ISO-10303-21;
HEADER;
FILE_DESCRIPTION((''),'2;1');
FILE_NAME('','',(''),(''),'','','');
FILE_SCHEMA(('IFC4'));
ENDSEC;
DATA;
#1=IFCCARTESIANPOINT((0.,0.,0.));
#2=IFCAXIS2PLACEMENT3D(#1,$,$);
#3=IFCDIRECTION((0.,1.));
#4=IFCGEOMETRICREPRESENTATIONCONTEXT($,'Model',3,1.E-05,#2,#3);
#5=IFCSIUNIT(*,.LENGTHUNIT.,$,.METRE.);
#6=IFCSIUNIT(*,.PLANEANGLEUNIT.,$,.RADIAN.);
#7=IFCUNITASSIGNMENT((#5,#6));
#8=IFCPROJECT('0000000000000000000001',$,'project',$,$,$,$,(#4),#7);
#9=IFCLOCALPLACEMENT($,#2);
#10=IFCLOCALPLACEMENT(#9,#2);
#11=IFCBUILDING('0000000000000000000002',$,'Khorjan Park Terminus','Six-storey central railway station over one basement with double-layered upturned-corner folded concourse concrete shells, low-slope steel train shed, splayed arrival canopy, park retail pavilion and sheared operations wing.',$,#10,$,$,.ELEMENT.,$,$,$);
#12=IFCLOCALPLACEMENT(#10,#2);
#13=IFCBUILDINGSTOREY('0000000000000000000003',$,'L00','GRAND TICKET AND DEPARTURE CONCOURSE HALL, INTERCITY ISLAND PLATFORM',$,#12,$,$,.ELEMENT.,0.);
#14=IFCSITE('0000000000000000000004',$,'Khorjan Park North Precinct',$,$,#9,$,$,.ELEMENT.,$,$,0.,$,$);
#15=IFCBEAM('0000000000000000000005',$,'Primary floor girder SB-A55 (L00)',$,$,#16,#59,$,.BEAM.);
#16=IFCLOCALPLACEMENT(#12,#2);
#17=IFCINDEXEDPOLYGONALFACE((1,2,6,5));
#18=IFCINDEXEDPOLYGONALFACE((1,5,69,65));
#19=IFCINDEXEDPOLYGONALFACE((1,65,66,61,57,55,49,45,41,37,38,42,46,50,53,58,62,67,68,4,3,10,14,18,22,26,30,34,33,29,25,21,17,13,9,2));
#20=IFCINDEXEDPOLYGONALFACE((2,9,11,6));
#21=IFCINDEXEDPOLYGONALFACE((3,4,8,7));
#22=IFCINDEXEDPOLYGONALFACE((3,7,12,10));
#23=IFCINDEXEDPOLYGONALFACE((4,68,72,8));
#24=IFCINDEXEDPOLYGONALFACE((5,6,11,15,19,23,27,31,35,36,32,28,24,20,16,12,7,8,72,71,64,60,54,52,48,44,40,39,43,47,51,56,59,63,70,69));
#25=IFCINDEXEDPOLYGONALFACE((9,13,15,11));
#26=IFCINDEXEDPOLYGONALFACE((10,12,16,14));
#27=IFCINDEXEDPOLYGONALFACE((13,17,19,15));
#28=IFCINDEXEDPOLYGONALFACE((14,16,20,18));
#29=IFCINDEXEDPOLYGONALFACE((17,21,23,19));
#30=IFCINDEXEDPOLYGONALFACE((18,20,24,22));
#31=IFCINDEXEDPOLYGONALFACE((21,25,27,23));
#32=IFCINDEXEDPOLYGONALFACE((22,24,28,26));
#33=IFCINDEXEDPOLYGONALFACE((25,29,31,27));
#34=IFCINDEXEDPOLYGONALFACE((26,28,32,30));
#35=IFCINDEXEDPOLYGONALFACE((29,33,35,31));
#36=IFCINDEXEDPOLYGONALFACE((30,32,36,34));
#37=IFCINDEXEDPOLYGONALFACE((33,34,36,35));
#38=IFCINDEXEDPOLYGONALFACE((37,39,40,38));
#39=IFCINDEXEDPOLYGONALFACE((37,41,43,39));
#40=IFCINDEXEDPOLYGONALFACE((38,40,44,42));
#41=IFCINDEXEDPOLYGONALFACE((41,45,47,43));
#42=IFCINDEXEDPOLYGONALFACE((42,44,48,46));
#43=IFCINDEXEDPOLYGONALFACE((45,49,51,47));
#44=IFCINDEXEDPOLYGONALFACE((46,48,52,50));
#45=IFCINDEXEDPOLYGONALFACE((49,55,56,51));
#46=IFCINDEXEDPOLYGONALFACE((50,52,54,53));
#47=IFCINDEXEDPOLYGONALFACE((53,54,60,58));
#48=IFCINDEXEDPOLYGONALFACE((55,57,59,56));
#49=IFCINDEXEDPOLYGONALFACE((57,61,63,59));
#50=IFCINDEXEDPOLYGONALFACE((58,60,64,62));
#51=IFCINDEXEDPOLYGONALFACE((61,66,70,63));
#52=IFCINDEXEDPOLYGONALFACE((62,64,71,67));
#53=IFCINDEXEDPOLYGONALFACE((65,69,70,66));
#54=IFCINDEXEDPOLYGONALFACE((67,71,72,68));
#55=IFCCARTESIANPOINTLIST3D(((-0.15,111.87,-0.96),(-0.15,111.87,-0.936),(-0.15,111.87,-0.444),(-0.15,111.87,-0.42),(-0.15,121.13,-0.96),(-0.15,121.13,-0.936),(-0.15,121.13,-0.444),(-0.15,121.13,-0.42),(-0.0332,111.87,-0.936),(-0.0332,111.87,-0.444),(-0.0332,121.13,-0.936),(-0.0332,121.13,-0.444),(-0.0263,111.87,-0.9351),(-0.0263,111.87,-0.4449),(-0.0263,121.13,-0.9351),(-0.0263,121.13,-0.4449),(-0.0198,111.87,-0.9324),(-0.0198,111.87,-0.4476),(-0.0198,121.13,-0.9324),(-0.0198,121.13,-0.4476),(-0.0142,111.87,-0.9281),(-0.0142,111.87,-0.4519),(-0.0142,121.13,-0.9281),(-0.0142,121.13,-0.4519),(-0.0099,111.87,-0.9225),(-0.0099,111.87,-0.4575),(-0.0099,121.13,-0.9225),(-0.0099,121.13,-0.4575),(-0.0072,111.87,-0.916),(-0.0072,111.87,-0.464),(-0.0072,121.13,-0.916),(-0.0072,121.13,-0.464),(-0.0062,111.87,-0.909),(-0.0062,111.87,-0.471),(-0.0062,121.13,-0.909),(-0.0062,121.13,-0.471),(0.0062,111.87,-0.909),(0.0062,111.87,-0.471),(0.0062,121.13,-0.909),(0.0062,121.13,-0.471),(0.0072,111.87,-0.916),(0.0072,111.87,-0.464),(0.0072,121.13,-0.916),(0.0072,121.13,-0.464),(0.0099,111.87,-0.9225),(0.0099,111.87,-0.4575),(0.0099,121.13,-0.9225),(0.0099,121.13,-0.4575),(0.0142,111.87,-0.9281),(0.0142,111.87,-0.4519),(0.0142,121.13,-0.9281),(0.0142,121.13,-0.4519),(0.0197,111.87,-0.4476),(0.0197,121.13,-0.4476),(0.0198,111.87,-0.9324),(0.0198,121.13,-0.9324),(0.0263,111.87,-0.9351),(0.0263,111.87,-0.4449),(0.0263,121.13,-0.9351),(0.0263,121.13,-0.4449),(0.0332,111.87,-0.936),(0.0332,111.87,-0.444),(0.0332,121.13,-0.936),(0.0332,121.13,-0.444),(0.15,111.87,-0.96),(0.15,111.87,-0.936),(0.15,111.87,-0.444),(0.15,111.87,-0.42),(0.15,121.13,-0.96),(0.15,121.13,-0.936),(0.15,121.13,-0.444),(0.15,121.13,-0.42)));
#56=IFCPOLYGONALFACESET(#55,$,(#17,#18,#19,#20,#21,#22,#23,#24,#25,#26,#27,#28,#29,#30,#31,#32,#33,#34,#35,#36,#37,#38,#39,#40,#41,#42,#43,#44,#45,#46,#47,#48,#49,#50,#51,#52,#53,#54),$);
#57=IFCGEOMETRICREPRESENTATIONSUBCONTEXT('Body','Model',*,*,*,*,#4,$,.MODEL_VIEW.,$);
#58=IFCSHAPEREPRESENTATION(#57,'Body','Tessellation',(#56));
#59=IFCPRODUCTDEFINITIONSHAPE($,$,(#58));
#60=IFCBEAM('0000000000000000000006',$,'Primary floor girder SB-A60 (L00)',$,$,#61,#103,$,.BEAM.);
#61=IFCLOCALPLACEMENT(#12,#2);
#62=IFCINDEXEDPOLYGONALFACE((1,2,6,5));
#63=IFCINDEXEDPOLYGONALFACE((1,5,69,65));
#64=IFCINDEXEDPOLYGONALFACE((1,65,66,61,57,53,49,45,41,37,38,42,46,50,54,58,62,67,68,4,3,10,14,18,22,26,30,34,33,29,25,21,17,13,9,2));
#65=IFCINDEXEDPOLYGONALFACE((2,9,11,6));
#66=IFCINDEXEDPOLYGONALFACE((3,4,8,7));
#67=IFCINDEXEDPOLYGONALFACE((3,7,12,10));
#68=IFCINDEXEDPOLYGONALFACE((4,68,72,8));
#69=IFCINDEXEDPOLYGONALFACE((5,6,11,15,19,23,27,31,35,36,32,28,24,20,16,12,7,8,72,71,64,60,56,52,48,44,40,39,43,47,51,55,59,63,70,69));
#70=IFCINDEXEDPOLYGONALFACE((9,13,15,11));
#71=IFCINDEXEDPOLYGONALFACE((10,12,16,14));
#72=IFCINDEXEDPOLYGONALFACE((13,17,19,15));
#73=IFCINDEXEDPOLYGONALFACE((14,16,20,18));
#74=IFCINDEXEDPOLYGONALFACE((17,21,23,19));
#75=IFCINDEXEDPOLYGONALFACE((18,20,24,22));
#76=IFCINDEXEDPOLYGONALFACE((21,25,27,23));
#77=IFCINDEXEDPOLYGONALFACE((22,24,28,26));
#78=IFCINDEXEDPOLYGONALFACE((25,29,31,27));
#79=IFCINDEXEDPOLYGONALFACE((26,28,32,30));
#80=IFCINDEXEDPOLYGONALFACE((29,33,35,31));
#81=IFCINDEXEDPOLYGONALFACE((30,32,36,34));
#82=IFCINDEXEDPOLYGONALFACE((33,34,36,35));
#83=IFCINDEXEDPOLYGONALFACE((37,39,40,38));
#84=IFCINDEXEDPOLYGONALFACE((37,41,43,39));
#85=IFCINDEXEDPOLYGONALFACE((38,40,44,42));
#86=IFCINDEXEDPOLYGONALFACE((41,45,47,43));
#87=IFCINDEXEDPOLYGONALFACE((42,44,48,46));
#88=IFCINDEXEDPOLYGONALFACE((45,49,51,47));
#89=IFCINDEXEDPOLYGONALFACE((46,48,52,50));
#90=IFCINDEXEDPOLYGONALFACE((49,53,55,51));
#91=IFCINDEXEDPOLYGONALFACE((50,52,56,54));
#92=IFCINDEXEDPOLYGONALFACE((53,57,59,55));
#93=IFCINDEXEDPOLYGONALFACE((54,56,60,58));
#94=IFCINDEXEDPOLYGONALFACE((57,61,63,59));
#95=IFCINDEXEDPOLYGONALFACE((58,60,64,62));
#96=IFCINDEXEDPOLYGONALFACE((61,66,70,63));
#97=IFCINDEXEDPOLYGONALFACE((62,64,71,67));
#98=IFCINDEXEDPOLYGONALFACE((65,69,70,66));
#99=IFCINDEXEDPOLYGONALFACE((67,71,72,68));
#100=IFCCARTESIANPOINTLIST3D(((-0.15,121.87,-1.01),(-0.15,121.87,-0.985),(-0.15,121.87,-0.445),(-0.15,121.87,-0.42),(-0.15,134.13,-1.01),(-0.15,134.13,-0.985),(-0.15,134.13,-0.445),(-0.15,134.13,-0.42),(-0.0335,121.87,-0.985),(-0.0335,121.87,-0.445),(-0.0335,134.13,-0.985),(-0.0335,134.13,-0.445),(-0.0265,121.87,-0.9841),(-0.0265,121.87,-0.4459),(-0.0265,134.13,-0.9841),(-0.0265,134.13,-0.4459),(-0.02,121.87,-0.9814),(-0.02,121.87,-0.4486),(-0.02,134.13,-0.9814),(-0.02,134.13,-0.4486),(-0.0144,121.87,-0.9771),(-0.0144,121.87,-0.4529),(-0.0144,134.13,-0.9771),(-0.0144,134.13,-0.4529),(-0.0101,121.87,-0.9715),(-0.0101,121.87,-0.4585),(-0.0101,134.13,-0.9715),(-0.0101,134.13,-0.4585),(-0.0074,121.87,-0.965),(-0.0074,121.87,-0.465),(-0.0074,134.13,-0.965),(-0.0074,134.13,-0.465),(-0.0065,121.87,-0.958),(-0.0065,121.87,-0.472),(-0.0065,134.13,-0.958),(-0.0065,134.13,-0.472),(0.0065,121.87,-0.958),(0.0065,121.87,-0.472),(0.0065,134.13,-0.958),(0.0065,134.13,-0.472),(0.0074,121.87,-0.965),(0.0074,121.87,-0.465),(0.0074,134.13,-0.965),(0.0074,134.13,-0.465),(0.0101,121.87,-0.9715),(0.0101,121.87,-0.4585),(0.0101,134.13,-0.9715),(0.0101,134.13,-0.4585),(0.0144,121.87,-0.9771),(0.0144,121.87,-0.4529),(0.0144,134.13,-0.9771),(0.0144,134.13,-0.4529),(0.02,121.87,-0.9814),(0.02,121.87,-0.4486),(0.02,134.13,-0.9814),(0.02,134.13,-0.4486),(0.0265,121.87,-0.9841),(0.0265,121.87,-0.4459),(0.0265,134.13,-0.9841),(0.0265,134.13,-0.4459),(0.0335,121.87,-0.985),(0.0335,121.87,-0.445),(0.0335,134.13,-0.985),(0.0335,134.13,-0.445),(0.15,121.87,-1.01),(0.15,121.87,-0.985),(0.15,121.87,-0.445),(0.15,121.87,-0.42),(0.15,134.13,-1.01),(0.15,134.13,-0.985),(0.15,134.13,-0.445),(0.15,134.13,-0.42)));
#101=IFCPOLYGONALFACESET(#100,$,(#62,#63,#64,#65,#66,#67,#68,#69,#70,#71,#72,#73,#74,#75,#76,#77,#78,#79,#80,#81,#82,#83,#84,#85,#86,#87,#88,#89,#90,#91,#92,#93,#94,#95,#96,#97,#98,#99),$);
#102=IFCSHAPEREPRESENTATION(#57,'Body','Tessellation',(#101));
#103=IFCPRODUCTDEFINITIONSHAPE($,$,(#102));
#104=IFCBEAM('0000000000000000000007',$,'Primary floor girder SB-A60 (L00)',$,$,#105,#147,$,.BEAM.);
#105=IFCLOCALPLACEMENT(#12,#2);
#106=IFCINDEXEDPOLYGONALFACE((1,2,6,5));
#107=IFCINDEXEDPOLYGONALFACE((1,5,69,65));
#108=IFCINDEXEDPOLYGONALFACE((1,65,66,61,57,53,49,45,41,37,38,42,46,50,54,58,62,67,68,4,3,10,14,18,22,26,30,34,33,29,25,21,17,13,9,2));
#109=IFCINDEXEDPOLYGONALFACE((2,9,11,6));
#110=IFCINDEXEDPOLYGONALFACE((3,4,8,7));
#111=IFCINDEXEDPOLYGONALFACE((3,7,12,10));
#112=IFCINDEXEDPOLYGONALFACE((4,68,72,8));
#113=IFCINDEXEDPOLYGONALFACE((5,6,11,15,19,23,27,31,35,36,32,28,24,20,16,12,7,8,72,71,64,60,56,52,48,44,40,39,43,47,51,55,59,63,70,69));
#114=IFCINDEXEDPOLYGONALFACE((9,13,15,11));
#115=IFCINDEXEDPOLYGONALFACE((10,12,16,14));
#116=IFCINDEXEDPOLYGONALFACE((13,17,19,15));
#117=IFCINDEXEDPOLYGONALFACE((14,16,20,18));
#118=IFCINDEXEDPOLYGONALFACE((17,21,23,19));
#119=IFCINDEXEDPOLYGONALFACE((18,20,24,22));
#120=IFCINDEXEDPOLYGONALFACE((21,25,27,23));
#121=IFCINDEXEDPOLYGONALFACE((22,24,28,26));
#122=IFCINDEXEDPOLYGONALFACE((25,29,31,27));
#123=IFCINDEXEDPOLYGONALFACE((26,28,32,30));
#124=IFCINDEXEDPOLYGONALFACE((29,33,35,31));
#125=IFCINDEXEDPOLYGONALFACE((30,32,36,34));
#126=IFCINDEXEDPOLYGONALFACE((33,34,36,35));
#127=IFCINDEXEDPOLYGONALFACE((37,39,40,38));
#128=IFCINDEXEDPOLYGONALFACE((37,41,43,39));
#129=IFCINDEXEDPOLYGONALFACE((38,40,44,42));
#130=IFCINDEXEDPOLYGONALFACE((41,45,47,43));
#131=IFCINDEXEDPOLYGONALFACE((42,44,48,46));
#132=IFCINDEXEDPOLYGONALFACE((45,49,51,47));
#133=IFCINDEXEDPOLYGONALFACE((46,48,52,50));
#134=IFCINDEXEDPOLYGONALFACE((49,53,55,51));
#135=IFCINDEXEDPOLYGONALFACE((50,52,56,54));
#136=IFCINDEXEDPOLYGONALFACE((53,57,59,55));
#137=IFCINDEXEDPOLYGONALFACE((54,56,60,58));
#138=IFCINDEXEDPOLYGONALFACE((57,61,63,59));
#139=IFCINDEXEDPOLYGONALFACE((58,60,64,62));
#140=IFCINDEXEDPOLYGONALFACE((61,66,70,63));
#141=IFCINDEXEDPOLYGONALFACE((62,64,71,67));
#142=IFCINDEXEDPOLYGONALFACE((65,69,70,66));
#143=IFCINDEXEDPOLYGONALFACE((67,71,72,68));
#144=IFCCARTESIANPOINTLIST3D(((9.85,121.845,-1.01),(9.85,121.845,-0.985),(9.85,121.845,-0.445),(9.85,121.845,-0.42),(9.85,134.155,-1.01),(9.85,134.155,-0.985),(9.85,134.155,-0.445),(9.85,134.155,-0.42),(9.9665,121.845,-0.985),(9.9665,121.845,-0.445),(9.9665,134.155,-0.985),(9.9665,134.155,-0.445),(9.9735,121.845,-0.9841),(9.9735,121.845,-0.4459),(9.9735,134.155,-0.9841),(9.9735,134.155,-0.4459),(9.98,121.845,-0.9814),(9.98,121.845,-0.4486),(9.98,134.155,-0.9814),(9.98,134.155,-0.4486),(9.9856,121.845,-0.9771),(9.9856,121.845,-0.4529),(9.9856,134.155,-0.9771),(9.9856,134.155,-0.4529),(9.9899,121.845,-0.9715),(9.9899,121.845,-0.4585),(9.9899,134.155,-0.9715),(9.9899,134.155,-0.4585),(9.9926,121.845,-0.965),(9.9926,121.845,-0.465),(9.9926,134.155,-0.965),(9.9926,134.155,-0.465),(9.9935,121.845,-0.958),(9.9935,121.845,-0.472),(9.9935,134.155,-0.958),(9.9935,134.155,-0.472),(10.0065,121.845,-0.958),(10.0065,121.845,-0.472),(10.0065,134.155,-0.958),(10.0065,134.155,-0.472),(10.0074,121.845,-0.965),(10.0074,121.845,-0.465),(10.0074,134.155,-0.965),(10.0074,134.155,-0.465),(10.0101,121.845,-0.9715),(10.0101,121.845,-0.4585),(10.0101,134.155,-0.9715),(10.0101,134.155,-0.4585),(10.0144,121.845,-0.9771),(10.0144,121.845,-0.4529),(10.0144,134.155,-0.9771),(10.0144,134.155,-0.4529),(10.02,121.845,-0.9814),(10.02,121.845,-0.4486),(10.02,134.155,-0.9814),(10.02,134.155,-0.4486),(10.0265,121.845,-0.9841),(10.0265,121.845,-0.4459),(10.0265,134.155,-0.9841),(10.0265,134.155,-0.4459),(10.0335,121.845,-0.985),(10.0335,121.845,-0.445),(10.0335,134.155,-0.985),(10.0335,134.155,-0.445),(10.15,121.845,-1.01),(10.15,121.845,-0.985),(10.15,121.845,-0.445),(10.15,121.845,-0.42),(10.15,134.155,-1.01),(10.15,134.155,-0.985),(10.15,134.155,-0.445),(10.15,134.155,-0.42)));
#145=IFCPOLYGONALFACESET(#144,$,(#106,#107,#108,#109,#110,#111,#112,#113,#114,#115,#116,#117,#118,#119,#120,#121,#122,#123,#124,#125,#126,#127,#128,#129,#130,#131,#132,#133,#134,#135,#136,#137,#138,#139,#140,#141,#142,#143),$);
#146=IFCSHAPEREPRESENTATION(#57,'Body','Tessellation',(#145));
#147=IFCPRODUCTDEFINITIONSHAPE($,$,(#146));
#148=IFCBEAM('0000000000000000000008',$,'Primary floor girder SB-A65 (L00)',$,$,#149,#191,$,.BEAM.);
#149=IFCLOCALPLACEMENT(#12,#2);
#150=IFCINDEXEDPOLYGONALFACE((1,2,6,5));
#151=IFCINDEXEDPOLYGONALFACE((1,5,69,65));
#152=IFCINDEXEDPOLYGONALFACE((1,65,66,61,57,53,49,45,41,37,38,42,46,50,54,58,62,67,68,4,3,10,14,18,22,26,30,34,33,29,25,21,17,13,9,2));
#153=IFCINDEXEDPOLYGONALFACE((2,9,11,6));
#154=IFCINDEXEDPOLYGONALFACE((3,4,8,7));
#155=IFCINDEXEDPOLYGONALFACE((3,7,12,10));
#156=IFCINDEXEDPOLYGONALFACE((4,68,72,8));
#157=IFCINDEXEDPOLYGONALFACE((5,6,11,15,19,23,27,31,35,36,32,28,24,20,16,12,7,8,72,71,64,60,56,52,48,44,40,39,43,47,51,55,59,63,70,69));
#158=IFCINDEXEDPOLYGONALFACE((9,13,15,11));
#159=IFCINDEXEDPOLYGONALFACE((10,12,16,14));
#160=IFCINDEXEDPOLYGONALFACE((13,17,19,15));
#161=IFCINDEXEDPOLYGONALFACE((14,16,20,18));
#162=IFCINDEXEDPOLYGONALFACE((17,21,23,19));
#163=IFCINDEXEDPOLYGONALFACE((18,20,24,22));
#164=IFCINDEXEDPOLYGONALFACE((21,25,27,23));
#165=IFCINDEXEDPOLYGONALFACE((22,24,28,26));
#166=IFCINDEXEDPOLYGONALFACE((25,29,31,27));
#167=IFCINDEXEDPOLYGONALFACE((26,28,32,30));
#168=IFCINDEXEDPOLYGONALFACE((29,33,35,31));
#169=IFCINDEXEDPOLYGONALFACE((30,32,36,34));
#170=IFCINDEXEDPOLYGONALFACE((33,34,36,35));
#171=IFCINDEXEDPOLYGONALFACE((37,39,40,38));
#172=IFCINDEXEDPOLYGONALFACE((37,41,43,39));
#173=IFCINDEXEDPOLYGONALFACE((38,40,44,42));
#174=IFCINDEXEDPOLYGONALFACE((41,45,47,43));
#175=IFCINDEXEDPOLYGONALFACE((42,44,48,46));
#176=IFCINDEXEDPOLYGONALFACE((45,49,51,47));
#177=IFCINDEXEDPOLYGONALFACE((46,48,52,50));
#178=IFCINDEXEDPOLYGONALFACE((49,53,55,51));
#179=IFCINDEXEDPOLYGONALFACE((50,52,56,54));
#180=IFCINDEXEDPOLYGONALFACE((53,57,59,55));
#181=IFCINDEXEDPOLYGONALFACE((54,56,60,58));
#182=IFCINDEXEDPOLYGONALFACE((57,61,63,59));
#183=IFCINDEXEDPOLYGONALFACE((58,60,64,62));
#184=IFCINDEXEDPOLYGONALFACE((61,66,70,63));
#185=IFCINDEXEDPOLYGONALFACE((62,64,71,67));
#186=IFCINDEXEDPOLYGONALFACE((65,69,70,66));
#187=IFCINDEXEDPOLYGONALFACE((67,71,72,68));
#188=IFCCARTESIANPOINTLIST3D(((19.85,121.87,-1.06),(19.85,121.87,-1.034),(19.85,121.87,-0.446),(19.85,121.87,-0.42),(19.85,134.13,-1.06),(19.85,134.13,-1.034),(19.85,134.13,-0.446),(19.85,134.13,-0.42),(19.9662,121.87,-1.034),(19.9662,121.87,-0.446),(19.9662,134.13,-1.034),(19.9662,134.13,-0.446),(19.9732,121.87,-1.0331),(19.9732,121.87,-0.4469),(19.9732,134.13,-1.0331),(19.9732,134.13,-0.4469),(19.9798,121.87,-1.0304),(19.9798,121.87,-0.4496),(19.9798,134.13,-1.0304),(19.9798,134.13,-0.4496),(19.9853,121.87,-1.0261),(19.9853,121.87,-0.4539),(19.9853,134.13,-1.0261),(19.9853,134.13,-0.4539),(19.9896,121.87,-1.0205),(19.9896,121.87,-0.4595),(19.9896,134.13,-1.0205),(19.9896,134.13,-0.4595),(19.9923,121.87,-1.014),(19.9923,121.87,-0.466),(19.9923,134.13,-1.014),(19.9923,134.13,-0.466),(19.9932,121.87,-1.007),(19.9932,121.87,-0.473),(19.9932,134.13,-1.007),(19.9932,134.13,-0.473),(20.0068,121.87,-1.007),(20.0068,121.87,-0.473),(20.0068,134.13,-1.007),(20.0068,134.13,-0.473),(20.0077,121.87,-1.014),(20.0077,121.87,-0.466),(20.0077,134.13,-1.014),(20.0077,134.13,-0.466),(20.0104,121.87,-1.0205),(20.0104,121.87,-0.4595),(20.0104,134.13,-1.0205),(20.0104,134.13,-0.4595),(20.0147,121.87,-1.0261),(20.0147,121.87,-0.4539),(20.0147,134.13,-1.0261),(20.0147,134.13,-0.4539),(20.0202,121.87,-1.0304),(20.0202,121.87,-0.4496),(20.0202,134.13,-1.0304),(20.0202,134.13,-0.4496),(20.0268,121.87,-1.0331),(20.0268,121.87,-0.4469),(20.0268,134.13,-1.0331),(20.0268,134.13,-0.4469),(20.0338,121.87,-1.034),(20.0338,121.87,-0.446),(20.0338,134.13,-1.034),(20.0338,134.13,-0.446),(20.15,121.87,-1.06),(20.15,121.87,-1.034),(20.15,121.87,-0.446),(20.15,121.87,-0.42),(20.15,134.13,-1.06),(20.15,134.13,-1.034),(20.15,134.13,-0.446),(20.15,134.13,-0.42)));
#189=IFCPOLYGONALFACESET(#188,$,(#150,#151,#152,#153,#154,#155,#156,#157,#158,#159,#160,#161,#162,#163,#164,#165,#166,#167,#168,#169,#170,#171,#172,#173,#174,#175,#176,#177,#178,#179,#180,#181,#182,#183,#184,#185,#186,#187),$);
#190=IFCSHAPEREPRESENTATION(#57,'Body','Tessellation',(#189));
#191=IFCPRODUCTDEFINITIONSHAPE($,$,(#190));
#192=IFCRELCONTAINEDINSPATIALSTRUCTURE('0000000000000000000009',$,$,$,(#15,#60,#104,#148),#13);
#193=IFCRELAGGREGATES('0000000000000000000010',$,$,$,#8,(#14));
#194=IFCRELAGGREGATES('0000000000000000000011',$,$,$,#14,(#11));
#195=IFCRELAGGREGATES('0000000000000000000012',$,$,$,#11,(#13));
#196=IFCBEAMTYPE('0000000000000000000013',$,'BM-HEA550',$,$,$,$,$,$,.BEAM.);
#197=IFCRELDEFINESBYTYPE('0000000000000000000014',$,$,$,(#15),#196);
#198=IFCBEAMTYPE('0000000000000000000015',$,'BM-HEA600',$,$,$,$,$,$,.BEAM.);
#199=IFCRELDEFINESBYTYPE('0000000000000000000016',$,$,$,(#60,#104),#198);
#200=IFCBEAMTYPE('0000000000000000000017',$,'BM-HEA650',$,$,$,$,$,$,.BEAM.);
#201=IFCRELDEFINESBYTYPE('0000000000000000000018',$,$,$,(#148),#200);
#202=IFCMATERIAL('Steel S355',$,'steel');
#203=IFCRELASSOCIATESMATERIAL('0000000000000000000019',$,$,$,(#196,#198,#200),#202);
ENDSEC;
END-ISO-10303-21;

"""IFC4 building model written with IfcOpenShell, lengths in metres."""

from ifc_helpers import new_model, si_unit, direction, frame, origin, origin_2d, place, context, subcontext, project, spatial, i_section, extrude, material, material_profile, profile_set, type_object, element, save


model = new_model("IFC4")

# Units and contexts
model_context = context("Model", 3, precision=1e-05, world=origin(), true_north=direction((0.0, 1.0)))
body_context = subcontext(model_context, "Body", "Model", "MODEL_VIEW")
ifc_project = project(units=[si_unit("LENGTHUNIT", "METRE"), si_unit("PLANEANGLEUNIT", "RADIAN")], contexts=[model_context])

# Site, building, storey
site_placement = place(None, origin())
site = spatial("IfcSite", under=ifc_project, at=site_placement, Name="Khorjan Park North Precinct", CompositionType="ELEMENT", RefElevation=0.0)
building_placement = place(site_placement, origin())
building = spatial("IfcBuilding", under=site, at=building_placement, Name="Khorjan Park Terminus", Description="Six-storey central railway station over one basement with double-layered upturned-corner folded concourse concrete shells, low-slope steel train shed, splayed arrival canopy, park retail pavilion and sheared operations wing.", CompositionType="ELEMENT")
storey_placement = place(building_placement, origin())
storey = spatial("IfcBuildingStorey", under=building, at=storey_placement, Name="L00", Description="GRAND TICKET AND DEPARTURE CONCOURSE HALL, INTERCITY ISLAND PLATFORM", CompositionType="ELEMENT", Elevation=0.0)

# Beams
ifc_material = material(Name="Steel S355", Category="steel")
ifc_material_profile_1 = material_profile(ifc_material, i_section(OverallWidth=0.3, OverallDepth=0.54, WebThickness=0.0125, FlangeThickness=0.024, FilletRadius=0.027, at=origin_2d()), Name="HEA 550")
ifc_profile_set_1 = profile_set([ifc_material_profile_1], Name="Steel S355")
beam_type_1 = type_object("IfcBeamType", Name="BM-HEA550", PredefinedType="BEAM", material=ifc_profile_set_1)
beam_1_placement = place(storey_placement, frame((0.0, 111.87, -0.69), z_axis=(0.0, 1.0, 0.0), x_axis=(-1.0, 0.0, 0.0)))
element("IfcBeam", 1, at=beam_1_placement, inside=storey, type_object=beam_type_1, Name="Primary floor girder SB-A55 (L00)", PredefinedType="BEAM", context=body_context, shape_type="SweptSolid", body=[
    extrude(i_section(OverallWidth=0.3, OverallDepth=0.54, WebThickness=0.0125, FlangeThickness=0.024, FilletRadius=0.027, at=origin_2d()), origin(), (0.0, 0.0, 1.0), 9.26),
])
ifc_material_profile_2 = material_profile(ifc_material, i_section(OverallWidth=0.3, OverallDepth=0.59, WebThickness=0.013, FlangeThickness=0.025, FilletRadius=0.027, at=origin_2d()), Name="HEA 600")
ifc_profile_set_2 = profile_set([ifc_material_profile_2], Name="Steel S355")
beam_type_2 = type_object("IfcBeamType", Name="BM-HEA600", PredefinedType="BEAM", material=ifc_profile_set_2)
beam_2_placement = place(storey_placement, frame((0.0, 121.87, -0.715), z_axis=(0.0, 1.0, 0.0), x_axis=(-1.0, 0.0, 0.0)))
element("IfcBeam", 2, at=beam_2_placement, inside=storey, type_object=beam_type_2, Name="Primary floor girder SB-A60 (L00)", PredefinedType="BEAM", context=body_context, shape_type="SweptSolid", body=[
    extrude(i_section(OverallWidth=0.3, OverallDepth=0.59, WebThickness=0.013, FlangeThickness=0.025, FilletRadius=0.027, at=origin_2d()), origin(), (0.0, 0.0, 1.0), 12.26),
])
beam_3_placement = place(storey_placement, frame((10.0, 121.845, -0.715), z_axis=(0.0, 1.0, 0.0), x_axis=(-1.0, 0.0, 0.0)))
element("IfcBeam", 3, at=beam_3_placement, inside=storey, type_object=beam_type_2, Name="Primary floor girder SB-A60 (L00)", PredefinedType="BEAM", context=body_context, shape_type="SweptSolid", body=[
    extrude(i_section(OverallWidth=0.3, OverallDepth=0.59, WebThickness=0.013, FlangeThickness=0.025, FilletRadius=0.027, at=origin_2d()), origin(), (0.0, 0.0, 1.0), 12.31),
])
ifc_material_profile_3 = material_profile(ifc_material, i_section(OverallWidth=0.3, OverallDepth=0.64, WebThickness=0.0135, FlangeThickness=0.026, FilletRadius=0.027, at=origin_2d()), Name="HEA 650")
ifc_profile_set_3 = profile_set([ifc_material_profile_3], Name="Steel S355")
beam_type_3 = type_object("IfcBeamType", Name="BM-HEA650", PredefinedType="BEAM", material=ifc_profile_set_3)
beam_4_placement = place(storey_placement, frame((20.0, 121.87, -0.74), z_axis=(0.0, 1.0, 0.0), x_axis=(-1.0, 0.0, 0.0)))
element("IfcBeam", 4, at=beam_4_placement, inside=storey, type_object=beam_type_3, Name="Primary floor girder SB-A65 (L00)", PredefinedType="BEAM", context=body_context, shape_type="SweptSolid", body=[
    extrude(i_section(OverallWidth=0.3, OverallDepth=0.64, WebThickness=0.0135, FlangeThickness=0.026, FilletRadius=0.027, at=origin_2d()), origin(), (0.0, 0.0, 1.0), 12.26),
])

save(model, "model.ifc")
